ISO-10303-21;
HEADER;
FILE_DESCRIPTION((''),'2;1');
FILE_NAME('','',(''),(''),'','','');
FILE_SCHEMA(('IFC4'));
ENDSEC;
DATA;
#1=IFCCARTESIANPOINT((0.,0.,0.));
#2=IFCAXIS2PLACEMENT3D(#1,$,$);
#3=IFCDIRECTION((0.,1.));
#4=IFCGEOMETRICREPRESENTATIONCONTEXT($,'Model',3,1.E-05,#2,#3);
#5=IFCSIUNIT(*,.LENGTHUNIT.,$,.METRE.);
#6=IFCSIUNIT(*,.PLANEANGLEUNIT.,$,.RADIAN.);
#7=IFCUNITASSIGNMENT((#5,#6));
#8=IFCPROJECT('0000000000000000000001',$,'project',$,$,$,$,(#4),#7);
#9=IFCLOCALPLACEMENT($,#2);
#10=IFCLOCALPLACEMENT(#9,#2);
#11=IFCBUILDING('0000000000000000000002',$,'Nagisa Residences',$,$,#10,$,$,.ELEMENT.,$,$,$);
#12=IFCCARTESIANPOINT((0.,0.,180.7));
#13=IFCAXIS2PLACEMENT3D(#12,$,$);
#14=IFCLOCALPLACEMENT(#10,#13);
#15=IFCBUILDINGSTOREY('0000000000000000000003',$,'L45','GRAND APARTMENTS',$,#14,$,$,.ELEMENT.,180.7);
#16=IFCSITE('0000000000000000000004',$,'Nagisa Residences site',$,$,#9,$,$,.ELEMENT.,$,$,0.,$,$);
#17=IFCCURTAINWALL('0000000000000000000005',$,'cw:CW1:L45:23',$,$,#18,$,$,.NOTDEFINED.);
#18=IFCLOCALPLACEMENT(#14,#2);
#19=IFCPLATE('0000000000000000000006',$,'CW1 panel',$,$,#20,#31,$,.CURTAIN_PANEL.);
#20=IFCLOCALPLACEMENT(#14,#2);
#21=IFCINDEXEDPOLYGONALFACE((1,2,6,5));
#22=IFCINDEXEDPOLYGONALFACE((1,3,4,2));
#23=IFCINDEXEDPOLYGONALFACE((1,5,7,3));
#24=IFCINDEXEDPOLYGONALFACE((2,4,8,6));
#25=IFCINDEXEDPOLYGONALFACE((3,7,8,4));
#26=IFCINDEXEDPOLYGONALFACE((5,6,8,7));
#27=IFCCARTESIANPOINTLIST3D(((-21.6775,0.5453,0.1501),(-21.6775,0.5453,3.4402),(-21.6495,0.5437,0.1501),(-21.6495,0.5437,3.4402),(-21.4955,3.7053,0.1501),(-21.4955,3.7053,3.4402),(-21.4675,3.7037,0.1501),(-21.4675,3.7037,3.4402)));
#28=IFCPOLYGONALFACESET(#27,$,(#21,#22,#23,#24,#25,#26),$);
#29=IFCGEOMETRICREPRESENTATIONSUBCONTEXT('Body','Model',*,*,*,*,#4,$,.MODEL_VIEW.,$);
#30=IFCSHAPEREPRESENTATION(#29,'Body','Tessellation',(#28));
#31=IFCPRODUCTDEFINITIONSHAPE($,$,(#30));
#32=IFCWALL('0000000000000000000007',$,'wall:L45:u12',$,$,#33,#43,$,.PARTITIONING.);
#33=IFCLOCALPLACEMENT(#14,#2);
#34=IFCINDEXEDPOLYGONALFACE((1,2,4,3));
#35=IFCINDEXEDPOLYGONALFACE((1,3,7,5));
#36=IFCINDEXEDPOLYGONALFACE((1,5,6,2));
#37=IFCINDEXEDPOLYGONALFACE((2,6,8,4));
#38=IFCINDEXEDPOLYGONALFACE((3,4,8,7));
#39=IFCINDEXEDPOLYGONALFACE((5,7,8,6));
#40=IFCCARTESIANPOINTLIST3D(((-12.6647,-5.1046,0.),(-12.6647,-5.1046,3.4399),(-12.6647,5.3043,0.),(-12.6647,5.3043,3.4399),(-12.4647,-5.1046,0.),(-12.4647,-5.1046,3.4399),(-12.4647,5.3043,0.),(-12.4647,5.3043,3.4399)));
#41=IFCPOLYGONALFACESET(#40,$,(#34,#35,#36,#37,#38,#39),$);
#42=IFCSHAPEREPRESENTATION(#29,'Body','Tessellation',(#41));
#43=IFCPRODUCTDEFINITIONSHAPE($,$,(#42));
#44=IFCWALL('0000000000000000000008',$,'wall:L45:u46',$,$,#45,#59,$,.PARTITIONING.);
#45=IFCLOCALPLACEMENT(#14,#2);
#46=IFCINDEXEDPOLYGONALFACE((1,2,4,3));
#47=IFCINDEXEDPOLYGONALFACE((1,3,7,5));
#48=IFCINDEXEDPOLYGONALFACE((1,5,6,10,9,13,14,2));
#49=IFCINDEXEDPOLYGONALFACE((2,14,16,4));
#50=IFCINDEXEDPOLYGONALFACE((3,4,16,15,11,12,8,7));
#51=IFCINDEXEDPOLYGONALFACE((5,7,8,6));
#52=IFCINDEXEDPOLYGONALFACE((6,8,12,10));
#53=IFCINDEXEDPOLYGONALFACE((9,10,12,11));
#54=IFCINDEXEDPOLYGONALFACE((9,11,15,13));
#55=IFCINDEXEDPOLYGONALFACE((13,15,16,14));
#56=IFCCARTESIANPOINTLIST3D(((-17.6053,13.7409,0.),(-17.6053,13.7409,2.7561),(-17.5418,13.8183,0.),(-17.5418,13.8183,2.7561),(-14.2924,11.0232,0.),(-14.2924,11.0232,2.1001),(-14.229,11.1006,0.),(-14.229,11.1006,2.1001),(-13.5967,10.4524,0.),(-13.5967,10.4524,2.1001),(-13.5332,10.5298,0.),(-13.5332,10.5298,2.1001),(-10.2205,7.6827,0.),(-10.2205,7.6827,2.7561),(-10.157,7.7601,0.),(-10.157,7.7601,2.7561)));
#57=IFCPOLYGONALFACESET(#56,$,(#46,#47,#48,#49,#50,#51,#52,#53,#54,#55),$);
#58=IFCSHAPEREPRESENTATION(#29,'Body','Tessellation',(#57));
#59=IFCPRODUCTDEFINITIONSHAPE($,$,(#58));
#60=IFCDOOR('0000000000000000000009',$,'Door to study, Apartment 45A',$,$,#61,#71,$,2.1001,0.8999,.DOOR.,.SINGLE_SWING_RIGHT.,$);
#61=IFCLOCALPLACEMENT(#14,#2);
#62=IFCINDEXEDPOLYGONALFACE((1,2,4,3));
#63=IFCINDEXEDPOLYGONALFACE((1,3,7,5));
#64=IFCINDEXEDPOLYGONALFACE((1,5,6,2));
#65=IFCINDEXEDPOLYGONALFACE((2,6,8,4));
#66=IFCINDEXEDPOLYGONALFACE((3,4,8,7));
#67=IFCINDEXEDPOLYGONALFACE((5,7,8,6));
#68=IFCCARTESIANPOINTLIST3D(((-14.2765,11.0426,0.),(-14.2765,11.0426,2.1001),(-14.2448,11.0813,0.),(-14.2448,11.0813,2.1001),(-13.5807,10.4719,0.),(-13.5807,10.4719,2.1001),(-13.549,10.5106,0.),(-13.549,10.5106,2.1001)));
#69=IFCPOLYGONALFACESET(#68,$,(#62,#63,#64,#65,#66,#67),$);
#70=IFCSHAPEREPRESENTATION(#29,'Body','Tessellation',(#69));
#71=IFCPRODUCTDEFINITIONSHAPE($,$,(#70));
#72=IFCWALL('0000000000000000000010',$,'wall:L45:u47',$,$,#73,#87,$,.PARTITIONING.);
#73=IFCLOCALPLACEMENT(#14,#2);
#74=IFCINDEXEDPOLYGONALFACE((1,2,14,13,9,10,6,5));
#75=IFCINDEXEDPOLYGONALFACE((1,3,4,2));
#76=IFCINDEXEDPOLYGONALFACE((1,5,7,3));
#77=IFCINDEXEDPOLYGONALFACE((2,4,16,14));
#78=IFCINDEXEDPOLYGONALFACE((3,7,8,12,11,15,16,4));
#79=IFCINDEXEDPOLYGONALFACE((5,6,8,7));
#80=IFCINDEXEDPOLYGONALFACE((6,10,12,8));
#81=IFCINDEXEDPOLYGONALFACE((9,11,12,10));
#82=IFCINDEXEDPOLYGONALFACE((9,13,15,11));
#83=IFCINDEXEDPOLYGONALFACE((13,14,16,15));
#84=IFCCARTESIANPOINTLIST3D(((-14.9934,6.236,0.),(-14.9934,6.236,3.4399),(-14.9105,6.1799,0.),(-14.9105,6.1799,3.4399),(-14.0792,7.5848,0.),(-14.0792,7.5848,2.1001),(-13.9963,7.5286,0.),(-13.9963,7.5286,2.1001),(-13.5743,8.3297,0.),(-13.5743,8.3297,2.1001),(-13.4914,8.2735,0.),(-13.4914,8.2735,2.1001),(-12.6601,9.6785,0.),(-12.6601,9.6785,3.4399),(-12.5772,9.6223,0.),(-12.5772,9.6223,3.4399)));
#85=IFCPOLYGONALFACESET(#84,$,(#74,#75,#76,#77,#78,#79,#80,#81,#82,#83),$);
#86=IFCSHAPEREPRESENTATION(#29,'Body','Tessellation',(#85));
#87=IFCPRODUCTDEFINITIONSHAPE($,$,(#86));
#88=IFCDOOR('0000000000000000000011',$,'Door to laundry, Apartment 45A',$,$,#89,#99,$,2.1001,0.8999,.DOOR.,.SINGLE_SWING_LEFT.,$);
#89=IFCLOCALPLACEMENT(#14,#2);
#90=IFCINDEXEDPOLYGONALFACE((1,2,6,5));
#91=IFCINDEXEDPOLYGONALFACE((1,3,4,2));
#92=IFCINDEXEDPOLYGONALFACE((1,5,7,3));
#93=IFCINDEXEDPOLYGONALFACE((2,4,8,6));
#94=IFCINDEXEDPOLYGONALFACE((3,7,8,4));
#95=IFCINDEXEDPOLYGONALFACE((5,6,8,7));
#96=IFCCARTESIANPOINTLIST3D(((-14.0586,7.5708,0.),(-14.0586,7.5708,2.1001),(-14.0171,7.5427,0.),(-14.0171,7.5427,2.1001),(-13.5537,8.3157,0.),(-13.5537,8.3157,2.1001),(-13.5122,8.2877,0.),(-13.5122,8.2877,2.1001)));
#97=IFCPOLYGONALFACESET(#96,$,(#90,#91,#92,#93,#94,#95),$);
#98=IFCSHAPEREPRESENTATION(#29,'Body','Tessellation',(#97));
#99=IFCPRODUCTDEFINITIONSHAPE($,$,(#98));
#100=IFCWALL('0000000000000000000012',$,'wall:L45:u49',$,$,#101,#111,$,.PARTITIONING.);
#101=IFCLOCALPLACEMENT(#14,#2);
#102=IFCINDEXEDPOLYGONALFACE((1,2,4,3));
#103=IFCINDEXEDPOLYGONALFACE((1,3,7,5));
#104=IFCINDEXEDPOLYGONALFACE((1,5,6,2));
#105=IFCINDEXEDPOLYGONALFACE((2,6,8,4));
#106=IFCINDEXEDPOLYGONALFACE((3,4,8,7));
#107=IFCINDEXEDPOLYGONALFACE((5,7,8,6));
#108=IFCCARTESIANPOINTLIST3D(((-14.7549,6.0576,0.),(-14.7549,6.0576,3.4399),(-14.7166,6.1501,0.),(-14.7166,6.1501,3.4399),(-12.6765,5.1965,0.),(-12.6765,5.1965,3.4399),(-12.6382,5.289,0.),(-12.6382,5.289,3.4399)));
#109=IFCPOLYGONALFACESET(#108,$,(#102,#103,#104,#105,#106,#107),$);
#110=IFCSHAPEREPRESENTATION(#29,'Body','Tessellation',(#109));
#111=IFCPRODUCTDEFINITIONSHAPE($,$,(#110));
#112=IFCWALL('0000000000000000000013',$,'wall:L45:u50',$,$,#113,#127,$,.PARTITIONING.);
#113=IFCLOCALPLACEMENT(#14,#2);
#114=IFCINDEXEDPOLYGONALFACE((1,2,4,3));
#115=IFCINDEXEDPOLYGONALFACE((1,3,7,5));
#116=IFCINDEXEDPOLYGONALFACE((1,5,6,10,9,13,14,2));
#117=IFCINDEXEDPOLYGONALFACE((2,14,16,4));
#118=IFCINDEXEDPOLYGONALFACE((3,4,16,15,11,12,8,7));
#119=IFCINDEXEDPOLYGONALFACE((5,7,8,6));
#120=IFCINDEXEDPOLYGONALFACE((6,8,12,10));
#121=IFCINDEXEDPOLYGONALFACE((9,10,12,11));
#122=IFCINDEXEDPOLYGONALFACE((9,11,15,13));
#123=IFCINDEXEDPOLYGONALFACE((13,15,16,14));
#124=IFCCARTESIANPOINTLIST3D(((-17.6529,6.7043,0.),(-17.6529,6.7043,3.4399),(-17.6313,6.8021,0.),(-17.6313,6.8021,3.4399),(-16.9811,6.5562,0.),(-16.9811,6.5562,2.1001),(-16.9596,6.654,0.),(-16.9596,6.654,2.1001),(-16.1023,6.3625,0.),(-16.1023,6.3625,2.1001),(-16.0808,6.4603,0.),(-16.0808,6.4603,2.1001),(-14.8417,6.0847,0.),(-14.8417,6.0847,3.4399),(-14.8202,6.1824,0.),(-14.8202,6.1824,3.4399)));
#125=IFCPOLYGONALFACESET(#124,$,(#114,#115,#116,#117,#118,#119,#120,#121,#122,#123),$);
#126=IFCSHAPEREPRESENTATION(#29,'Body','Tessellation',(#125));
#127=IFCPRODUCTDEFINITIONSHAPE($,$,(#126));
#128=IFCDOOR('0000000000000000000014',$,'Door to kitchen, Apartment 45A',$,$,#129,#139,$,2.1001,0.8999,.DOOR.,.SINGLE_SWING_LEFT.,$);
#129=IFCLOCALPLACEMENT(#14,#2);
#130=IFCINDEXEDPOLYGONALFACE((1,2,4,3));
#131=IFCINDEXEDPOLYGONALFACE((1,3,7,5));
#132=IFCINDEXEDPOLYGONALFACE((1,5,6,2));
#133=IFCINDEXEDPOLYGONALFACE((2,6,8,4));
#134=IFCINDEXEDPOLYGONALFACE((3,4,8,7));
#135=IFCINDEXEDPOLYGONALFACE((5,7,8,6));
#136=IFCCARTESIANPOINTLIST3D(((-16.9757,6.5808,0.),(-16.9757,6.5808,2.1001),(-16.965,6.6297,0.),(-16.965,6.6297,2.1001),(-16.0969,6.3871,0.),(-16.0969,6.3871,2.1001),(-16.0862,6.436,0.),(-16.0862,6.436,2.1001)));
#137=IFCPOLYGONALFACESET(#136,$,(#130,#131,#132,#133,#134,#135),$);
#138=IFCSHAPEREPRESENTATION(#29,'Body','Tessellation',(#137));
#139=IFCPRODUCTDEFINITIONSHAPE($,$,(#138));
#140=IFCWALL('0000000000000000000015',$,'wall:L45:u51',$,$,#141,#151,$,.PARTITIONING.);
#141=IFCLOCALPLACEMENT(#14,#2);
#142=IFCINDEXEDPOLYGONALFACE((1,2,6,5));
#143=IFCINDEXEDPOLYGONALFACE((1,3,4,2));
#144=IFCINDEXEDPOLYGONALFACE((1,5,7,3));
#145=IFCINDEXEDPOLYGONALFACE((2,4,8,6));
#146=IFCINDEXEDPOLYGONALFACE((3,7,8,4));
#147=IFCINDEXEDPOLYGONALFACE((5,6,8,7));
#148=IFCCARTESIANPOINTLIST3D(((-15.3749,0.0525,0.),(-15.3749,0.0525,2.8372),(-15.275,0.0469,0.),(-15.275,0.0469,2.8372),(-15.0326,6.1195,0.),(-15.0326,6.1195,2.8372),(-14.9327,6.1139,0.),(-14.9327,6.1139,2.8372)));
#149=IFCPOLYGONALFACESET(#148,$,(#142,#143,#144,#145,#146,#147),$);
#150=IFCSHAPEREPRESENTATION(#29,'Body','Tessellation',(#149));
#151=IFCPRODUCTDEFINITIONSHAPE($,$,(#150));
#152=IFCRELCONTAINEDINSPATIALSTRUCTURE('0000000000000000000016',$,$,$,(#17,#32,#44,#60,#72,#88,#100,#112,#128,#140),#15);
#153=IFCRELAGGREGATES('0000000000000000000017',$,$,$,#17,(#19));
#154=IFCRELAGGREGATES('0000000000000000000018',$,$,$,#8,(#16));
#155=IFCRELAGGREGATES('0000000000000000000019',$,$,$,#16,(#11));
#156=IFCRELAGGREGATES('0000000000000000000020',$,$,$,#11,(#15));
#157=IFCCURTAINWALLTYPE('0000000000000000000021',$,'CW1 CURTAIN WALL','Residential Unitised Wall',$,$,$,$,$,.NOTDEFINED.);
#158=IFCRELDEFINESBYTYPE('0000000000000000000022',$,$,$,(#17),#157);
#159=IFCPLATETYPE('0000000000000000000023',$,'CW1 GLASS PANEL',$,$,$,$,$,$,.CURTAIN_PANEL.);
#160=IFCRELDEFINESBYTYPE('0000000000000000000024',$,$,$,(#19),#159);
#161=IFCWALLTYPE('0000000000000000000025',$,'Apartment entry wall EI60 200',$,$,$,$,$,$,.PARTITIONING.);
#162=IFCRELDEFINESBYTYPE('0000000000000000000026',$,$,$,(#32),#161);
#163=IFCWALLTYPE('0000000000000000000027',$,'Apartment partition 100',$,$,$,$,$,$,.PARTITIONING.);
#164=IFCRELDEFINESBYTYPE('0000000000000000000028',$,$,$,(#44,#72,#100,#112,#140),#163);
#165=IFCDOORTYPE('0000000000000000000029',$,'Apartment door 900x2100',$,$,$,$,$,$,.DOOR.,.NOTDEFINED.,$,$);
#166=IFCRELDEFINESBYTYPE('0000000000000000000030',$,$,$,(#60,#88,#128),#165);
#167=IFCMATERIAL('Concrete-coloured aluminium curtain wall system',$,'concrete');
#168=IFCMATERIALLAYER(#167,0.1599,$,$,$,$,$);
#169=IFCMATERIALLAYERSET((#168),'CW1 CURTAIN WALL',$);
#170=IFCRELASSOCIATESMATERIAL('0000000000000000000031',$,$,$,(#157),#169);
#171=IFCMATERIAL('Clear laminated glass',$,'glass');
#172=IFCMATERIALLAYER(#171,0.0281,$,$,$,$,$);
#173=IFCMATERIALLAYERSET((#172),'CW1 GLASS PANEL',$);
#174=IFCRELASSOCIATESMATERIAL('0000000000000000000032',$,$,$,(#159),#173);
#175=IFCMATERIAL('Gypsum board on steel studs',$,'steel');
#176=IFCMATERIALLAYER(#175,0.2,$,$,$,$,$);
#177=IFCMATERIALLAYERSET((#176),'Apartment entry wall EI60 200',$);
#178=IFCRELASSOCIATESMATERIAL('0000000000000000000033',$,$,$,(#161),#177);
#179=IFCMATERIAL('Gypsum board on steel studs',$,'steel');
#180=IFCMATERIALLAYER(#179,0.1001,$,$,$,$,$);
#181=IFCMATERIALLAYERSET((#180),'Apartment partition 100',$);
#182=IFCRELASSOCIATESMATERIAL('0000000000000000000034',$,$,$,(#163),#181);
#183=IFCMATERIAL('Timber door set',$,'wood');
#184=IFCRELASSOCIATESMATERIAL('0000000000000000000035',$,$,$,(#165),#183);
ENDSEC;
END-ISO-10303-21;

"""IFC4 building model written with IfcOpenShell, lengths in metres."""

from ifc_helpers import new_model, si_unit, direction, frame, frame_2d, origin, origin_2d, place, context, subcontext, project, spatial, rectangle, extrude, material, layer, layer_set, type_object, element, fill, aggregate, save


model = new_model("IFC4")

# Units and contexts
model_context = context("Model", 3, precision=1e-05, world=origin(), true_north=direction((0.0, 1.0)))
body_context = subcontext(model_context, "Body", "Model", "MODEL_VIEW")
ifc_project = project(units=[si_unit("LENGTHUNIT", "METRE"), si_unit("PLANEANGLEUNIT", "RADIAN")], contexts=[model_context])

# Site, building, storey
site_placement = place(None, origin())
site = spatial("IfcSite", under=ifc_project, at=site_placement, Name="Nagisa Residences site", CompositionType="ELEMENT", RefElevation=0.0)
building_placement = place(site_placement, origin())
building = spatial("IfcBuilding", under=site, at=building_placement, Name="Nagisa Residences", CompositionType="ELEMENT")
storey_placement = place(building_placement, frame((0.0, 0.0, 180.7)))
storey = spatial("IfcBuildingStorey", under=building, at=storey_placement, Name="L45", Description="GRAND APARTMENTS", CompositionType="ELEMENT", Elevation=180.7)

# Curtain wall
ifc_material_1 = material(Name="Concrete-coloured aluminium curtain wall system", Category="concrete")
ifc_layer_1 = layer(ifc_material_1, 0.1599)
ifc_layer_set_1 = layer_set([ifc_layer_1], Name="CW1 CURTAIN WALL")
curtain_wall_type = type_object("IfcCurtainWallType", Name="CW1 CURTAIN WALL", Description="Residential Unitised Wall", PredefinedType="NOTDEFINED", material=ifc_layer_set_1)
curtain_wall_1_placement = place(storey_placement, origin())
curtain_wall_1 = element("IfcCurtainWall", 1, at=curtain_wall_1_placement, inside=storey, type_object=curtain_wall_type, Name="cw:CW1:L45:23", PredefinedType="NOTDEFINED")

# Plate
ifc_material_2 = material(Name="Clear laminated glass", Category="glass")
ifc_layer_2 = layer(ifc_material_2, 0.0281)
ifc_layer_set_2 = layer_set([ifc_layer_2], Name="CW1 GLASS PANEL")
plate_type = type_object("IfcPlateType", Name="CW1 GLASS PANEL", PredefinedType="CURTAIN_PANEL", material=ifc_layer_set_2)
plate_1_placement = place(storey_placement, frame((-21.5725, 2.1245, 0.1501), z_axis=(0.0, 0.0, 1.0), x_axis=(-0.057503, -0.998345, 0.0)))
plate_1 = element("IfcPlate", 2, at=plate_1_placement, type_object=plate_type, Name="CW1 panel", PredefinedType="CURTAIN_PANEL", context=body_context, shape_type="SweptSolid", body=[
    extrude(rectangle(XDim=3.1653, YDim=0.0281, at=origin_2d()), origin(), (0.0, 0.0, 1.0), 3.29),
])
aggregate(curtain_wall_1, [plate_1])

# Wall
ifc_material_3 = material(Name="Gypsum board on steel studs", Category="steel")
ifc_layer_3 = layer(ifc_material_3, 0.2)
ifc_layer_set_3 = layer_set([ifc_layer_3], Name="Apartment entry wall EI60 200")
wall_type_1 = type_object("IfcWallType", Name="Apartment entry wall EI60 200", PredefinedType="PARTITIONING", material=ifc_layer_set_3)
wall_1_placement = place(storey_placement, frame((-12.5647, 5.3044, 0.0), z_axis=(0.0, 0.0, 1.0), x_axis=(0.0, -1.0, 0.0)))
element("IfcWall", 3, at=wall_1_placement, inside=storey, type_object=wall_type_1, Name="wall:L45:u12", PredefinedType="PARTITIONING", context=body_context, shape_type="SweptSolid", body=[
    extrude(rectangle(XDim=10.4089, YDim=0.2, at=frame_2d((5.2046, 0.0))), origin(), (0.0, 0.0, 1.0), 3.4399),
])

# Walls, openings, doors
ifc_material_4 = material(Name="Gypsum board on steel studs", Category="steel")
ifc_layer_4 = layer(ifc_material_4, 0.1001)
ifc_layer_set_4 = layer_set([ifc_layer_4], Name="Apartment partition 100")
wall_type_2 = type_object("IfcWallType", Name="Apartment partition 100", PredefinedType="PARTITIONING", material=ifc_layer_set_4)
wall_2_placement = place(storey_placement, frame((-10.1887, 7.7214, 0.0), z_axis=(0.0, 0.0, 1.0), x_axis=(-0.773134, 0.634242, 0.0)))
wall_2 = element("IfcWall", 4, at=wall_2_placement, inside=storey, type_object=wall_type_2, Name="wall:L45:u46", PredefinedType="PARTITIONING", context=body_context, shape_type="SweptSolid", body=[
    extrude(rectangle(XDim=9.5518, YDim=0.1001, at=frame_2d((4.7759, 0.0))), origin(), (0.0, 0.0, 1.0), 2.7561),
])
opening_1_placement = place(wall_2_placement, frame((4.3669, 0.0, 0.0)))
opening_1 = element("IfcOpeningElement", 5, at=opening_1_placement, cuts=wall_2, PredefinedType="OPENING", context=body_context, shape_type="SweptSolid", body=[
    extrude(rectangle(XDim=0.8999, YDim=2.1001, at=frame_2d((0.45, 1.05))), frame((0.0, 0.0601, 0.0), z_axis=(0.0, -1.0, 0.0), x_axis=(1.0, 0.0, 0.0)), (0.0, 0.0, 1.0), 0.1201),
])
ifc_material_5 = material(Name="Timber door set", Category="wood")
door_type_1 = type_object("IfcDoorType", Name="Apartment door 900x2100", OperationType="NOTDEFINED", PredefinedType="DOOR", material=ifc_material_5)
door_1_placement = place(opening_1_placement, origin())
door_1 = element("IfcDoor", 6, at=door_1_placement, inside=storey, type_object=door_type_1, Name="Door to study, Apartment 45A", OperationType="SINGLE_SWING_RIGHT", OverallHeight=2.1001, OverallWidth=0.8999, PredefinedType="DOOR", context=body_context, shape_type="SweptSolid", body=[
    extrude(rectangle(XDim=0.8999, YDim=2.1001, at=frame_2d((0.45, 1.05))), frame((0.0, 0.0249, 0.0), z_axis=(0.0, -1.0, 0.0), x_axis=(1.0, 0.0, 0.0)), (0.0, 0.0, 1.0), 0.05),
])
fill(opening_1, door_1)
wall_3_placement = place(storey_placement, frame((-12.6187, 9.6504, 0.0), z_axis=(0.0, 0.0, 1.0), x_axis=(-0.561065, -0.827772, 0.0)))
wall_3 = element("IfcWall", 7, at=wall_3_placement, inside=storey, type_object=wall_type_2, Name="wall:L45:u47", PredefinedType="PARTITIONING", context=body_context, shape_type="SweptSolid", body=[
    extrude(rectangle(XDim=4.1587, YDim=0.1001, at=frame_2d((2.0793, 0.0))), origin(), (0.0, 0.0, 1.0), 3.4399),
])
opening_2_placement = place(wall_3_placement, frame((1.6294, 0.0, 0.0)))
opening_2 = element("IfcOpeningElement", 8, at=opening_2_placement, cuts=wall_3, PredefinedType="OPENING", context=body_context, shape_type="SweptSolid", body=[
    extrude(rectangle(XDim=0.8999, YDim=2.1001, at=frame_2d((0.45, 1.05))), frame((0.0, 0.0601, 0.0), z_axis=(0.0, -1.0, 0.0), x_axis=(1.0, 0.0, 0.0)), (0.0, 0.0, 1.0), 0.1201),
])
door_2_placement = place(opening_2_placement, origin())
door_2 = element("IfcDoor", 9, at=door_2_placement, inside=storey, type_object=door_type_1, Name="Door to laundry, Apartment 45A", OperationType="SINGLE_SWING_LEFT", OverallHeight=2.1001, OverallWidth=0.8999, PredefinedType="DOOR", context=body_context, shape_type="SweptSolid", body=[
    extrude(rectangle(XDim=0.8999, YDim=2.1001, at=frame_2d((0.45, 1.05))), frame((0.0, 0.0249, 0.0), z_axis=(0.0, -1.0, 0.0), x_axis=(1.0, 0.0, 0.0)), (0.0, 0.0, 1.0), 0.05),
])
fill(opening_2, door_2)

# Wall
wall_4_placement = place(storey_placement, frame((-12.6572, 5.2427, 0.0), z_axis=(0.0, 0.0, 1.0), x_axis=(-0.923849, 0.382758, 0.0)))
element("IfcWall", 10, at=wall_4_placement, inside=storey, type_object=wall_type_2, Name="wall:L45:u49", PredefinedType="PARTITIONING", context=body_context, shape_type="SweptSolid", body=[
    extrude(rectangle(XDim=2.2498, YDim=0.1001, at=frame_2d((1.125, 0.0))), origin(), (0.0, 0.0, 1.0), 3.4399),
])

# Wall, opening, door
wall_5_placement = place(storey_placement, frame((-14.8308, 6.1335, 0.0), z_axis=(0.0, 0.0, 1.0), x_axis=(-0.976561, 0.215242, 0.0)))
wall_5 = element("IfcWall", 11, at=wall_5_placement, inside=storey, type_object=wall_type_2, Name="wall:L45:u50", PredefinedType="PARTITIONING", context=body_context, shape_type="SweptSolid", body=[
    extrude(rectangle(XDim=2.8787, YDim=0.1001, at=frame_2d((1.4395, 0.0))), origin(), (0.0, 0.0, 1.0), 3.4399),
])
opening_3_placement = place(wall_5_placement, frame((1.291, 0.0, 0.0)))
opening_3 = element("IfcOpeningElement", 12, at=opening_3_placement, cuts=wall_5, PredefinedType="OPENING", context=body_context, shape_type="SweptSolid", body=[
    extrude(rectangle(XDim=0.8999, YDim=2.1001, at=frame_2d((0.45, 1.05))), frame((0.0, 0.0601, 0.0), z_axis=(0.0, -1.0, 0.0), x_axis=(1.0, 0.0, 0.0)), (0.0, 0.0, 1.0), 0.1201),
])
door_3_placement = place(opening_3_placement, origin())
door_3 = element("IfcDoor", 13, at=door_3_placement, inside=storey, type_object=door_type_1, Name="Door to kitchen, Apartment 45A", OperationType="SINGLE_SWING_LEFT", OverallHeight=2.1001, OverallWidth=0.8999, PredefinedType="DOOR", context=body_context, shape_type="SweptSolid", body=[
    extrude(rectangle(XDim=0.8999, YDim=2.1001, at=frame_2d((0.45, 1.05))), frame((0.0, 0.0249, 0.0), z_axis=(0.0, -1.0, 0.0), x_axis=(1.0, 0.0, 0.0)), (0.0, 0.0, 1.0), 0.05),
])
fill(opening_3, door_3)

# Wall
wall_6_placement = place(storey_placement, frame((-14.9827, 6.1167, 0.0), z_axis=(0.0, 0.0, 1.0), x_axis=(-0.056329, -0.998412, 0.0)))
element("IfcWall", 14, at=wall_6_placement, inside=storey, type_object=wall_type_2, Name="wall:L45:u51", PredefinedType="PARTITIONING", context=body_context, shape_type="SweptSolid", body=[
    extrude(rectangle(XDim=6.0767, YDim=0.1001, at=frame_2d((3.0383, 0.0))), origin(), (0.0, 0.0, 1.0), 2.8372),
])

save(model, "model.ifc")
